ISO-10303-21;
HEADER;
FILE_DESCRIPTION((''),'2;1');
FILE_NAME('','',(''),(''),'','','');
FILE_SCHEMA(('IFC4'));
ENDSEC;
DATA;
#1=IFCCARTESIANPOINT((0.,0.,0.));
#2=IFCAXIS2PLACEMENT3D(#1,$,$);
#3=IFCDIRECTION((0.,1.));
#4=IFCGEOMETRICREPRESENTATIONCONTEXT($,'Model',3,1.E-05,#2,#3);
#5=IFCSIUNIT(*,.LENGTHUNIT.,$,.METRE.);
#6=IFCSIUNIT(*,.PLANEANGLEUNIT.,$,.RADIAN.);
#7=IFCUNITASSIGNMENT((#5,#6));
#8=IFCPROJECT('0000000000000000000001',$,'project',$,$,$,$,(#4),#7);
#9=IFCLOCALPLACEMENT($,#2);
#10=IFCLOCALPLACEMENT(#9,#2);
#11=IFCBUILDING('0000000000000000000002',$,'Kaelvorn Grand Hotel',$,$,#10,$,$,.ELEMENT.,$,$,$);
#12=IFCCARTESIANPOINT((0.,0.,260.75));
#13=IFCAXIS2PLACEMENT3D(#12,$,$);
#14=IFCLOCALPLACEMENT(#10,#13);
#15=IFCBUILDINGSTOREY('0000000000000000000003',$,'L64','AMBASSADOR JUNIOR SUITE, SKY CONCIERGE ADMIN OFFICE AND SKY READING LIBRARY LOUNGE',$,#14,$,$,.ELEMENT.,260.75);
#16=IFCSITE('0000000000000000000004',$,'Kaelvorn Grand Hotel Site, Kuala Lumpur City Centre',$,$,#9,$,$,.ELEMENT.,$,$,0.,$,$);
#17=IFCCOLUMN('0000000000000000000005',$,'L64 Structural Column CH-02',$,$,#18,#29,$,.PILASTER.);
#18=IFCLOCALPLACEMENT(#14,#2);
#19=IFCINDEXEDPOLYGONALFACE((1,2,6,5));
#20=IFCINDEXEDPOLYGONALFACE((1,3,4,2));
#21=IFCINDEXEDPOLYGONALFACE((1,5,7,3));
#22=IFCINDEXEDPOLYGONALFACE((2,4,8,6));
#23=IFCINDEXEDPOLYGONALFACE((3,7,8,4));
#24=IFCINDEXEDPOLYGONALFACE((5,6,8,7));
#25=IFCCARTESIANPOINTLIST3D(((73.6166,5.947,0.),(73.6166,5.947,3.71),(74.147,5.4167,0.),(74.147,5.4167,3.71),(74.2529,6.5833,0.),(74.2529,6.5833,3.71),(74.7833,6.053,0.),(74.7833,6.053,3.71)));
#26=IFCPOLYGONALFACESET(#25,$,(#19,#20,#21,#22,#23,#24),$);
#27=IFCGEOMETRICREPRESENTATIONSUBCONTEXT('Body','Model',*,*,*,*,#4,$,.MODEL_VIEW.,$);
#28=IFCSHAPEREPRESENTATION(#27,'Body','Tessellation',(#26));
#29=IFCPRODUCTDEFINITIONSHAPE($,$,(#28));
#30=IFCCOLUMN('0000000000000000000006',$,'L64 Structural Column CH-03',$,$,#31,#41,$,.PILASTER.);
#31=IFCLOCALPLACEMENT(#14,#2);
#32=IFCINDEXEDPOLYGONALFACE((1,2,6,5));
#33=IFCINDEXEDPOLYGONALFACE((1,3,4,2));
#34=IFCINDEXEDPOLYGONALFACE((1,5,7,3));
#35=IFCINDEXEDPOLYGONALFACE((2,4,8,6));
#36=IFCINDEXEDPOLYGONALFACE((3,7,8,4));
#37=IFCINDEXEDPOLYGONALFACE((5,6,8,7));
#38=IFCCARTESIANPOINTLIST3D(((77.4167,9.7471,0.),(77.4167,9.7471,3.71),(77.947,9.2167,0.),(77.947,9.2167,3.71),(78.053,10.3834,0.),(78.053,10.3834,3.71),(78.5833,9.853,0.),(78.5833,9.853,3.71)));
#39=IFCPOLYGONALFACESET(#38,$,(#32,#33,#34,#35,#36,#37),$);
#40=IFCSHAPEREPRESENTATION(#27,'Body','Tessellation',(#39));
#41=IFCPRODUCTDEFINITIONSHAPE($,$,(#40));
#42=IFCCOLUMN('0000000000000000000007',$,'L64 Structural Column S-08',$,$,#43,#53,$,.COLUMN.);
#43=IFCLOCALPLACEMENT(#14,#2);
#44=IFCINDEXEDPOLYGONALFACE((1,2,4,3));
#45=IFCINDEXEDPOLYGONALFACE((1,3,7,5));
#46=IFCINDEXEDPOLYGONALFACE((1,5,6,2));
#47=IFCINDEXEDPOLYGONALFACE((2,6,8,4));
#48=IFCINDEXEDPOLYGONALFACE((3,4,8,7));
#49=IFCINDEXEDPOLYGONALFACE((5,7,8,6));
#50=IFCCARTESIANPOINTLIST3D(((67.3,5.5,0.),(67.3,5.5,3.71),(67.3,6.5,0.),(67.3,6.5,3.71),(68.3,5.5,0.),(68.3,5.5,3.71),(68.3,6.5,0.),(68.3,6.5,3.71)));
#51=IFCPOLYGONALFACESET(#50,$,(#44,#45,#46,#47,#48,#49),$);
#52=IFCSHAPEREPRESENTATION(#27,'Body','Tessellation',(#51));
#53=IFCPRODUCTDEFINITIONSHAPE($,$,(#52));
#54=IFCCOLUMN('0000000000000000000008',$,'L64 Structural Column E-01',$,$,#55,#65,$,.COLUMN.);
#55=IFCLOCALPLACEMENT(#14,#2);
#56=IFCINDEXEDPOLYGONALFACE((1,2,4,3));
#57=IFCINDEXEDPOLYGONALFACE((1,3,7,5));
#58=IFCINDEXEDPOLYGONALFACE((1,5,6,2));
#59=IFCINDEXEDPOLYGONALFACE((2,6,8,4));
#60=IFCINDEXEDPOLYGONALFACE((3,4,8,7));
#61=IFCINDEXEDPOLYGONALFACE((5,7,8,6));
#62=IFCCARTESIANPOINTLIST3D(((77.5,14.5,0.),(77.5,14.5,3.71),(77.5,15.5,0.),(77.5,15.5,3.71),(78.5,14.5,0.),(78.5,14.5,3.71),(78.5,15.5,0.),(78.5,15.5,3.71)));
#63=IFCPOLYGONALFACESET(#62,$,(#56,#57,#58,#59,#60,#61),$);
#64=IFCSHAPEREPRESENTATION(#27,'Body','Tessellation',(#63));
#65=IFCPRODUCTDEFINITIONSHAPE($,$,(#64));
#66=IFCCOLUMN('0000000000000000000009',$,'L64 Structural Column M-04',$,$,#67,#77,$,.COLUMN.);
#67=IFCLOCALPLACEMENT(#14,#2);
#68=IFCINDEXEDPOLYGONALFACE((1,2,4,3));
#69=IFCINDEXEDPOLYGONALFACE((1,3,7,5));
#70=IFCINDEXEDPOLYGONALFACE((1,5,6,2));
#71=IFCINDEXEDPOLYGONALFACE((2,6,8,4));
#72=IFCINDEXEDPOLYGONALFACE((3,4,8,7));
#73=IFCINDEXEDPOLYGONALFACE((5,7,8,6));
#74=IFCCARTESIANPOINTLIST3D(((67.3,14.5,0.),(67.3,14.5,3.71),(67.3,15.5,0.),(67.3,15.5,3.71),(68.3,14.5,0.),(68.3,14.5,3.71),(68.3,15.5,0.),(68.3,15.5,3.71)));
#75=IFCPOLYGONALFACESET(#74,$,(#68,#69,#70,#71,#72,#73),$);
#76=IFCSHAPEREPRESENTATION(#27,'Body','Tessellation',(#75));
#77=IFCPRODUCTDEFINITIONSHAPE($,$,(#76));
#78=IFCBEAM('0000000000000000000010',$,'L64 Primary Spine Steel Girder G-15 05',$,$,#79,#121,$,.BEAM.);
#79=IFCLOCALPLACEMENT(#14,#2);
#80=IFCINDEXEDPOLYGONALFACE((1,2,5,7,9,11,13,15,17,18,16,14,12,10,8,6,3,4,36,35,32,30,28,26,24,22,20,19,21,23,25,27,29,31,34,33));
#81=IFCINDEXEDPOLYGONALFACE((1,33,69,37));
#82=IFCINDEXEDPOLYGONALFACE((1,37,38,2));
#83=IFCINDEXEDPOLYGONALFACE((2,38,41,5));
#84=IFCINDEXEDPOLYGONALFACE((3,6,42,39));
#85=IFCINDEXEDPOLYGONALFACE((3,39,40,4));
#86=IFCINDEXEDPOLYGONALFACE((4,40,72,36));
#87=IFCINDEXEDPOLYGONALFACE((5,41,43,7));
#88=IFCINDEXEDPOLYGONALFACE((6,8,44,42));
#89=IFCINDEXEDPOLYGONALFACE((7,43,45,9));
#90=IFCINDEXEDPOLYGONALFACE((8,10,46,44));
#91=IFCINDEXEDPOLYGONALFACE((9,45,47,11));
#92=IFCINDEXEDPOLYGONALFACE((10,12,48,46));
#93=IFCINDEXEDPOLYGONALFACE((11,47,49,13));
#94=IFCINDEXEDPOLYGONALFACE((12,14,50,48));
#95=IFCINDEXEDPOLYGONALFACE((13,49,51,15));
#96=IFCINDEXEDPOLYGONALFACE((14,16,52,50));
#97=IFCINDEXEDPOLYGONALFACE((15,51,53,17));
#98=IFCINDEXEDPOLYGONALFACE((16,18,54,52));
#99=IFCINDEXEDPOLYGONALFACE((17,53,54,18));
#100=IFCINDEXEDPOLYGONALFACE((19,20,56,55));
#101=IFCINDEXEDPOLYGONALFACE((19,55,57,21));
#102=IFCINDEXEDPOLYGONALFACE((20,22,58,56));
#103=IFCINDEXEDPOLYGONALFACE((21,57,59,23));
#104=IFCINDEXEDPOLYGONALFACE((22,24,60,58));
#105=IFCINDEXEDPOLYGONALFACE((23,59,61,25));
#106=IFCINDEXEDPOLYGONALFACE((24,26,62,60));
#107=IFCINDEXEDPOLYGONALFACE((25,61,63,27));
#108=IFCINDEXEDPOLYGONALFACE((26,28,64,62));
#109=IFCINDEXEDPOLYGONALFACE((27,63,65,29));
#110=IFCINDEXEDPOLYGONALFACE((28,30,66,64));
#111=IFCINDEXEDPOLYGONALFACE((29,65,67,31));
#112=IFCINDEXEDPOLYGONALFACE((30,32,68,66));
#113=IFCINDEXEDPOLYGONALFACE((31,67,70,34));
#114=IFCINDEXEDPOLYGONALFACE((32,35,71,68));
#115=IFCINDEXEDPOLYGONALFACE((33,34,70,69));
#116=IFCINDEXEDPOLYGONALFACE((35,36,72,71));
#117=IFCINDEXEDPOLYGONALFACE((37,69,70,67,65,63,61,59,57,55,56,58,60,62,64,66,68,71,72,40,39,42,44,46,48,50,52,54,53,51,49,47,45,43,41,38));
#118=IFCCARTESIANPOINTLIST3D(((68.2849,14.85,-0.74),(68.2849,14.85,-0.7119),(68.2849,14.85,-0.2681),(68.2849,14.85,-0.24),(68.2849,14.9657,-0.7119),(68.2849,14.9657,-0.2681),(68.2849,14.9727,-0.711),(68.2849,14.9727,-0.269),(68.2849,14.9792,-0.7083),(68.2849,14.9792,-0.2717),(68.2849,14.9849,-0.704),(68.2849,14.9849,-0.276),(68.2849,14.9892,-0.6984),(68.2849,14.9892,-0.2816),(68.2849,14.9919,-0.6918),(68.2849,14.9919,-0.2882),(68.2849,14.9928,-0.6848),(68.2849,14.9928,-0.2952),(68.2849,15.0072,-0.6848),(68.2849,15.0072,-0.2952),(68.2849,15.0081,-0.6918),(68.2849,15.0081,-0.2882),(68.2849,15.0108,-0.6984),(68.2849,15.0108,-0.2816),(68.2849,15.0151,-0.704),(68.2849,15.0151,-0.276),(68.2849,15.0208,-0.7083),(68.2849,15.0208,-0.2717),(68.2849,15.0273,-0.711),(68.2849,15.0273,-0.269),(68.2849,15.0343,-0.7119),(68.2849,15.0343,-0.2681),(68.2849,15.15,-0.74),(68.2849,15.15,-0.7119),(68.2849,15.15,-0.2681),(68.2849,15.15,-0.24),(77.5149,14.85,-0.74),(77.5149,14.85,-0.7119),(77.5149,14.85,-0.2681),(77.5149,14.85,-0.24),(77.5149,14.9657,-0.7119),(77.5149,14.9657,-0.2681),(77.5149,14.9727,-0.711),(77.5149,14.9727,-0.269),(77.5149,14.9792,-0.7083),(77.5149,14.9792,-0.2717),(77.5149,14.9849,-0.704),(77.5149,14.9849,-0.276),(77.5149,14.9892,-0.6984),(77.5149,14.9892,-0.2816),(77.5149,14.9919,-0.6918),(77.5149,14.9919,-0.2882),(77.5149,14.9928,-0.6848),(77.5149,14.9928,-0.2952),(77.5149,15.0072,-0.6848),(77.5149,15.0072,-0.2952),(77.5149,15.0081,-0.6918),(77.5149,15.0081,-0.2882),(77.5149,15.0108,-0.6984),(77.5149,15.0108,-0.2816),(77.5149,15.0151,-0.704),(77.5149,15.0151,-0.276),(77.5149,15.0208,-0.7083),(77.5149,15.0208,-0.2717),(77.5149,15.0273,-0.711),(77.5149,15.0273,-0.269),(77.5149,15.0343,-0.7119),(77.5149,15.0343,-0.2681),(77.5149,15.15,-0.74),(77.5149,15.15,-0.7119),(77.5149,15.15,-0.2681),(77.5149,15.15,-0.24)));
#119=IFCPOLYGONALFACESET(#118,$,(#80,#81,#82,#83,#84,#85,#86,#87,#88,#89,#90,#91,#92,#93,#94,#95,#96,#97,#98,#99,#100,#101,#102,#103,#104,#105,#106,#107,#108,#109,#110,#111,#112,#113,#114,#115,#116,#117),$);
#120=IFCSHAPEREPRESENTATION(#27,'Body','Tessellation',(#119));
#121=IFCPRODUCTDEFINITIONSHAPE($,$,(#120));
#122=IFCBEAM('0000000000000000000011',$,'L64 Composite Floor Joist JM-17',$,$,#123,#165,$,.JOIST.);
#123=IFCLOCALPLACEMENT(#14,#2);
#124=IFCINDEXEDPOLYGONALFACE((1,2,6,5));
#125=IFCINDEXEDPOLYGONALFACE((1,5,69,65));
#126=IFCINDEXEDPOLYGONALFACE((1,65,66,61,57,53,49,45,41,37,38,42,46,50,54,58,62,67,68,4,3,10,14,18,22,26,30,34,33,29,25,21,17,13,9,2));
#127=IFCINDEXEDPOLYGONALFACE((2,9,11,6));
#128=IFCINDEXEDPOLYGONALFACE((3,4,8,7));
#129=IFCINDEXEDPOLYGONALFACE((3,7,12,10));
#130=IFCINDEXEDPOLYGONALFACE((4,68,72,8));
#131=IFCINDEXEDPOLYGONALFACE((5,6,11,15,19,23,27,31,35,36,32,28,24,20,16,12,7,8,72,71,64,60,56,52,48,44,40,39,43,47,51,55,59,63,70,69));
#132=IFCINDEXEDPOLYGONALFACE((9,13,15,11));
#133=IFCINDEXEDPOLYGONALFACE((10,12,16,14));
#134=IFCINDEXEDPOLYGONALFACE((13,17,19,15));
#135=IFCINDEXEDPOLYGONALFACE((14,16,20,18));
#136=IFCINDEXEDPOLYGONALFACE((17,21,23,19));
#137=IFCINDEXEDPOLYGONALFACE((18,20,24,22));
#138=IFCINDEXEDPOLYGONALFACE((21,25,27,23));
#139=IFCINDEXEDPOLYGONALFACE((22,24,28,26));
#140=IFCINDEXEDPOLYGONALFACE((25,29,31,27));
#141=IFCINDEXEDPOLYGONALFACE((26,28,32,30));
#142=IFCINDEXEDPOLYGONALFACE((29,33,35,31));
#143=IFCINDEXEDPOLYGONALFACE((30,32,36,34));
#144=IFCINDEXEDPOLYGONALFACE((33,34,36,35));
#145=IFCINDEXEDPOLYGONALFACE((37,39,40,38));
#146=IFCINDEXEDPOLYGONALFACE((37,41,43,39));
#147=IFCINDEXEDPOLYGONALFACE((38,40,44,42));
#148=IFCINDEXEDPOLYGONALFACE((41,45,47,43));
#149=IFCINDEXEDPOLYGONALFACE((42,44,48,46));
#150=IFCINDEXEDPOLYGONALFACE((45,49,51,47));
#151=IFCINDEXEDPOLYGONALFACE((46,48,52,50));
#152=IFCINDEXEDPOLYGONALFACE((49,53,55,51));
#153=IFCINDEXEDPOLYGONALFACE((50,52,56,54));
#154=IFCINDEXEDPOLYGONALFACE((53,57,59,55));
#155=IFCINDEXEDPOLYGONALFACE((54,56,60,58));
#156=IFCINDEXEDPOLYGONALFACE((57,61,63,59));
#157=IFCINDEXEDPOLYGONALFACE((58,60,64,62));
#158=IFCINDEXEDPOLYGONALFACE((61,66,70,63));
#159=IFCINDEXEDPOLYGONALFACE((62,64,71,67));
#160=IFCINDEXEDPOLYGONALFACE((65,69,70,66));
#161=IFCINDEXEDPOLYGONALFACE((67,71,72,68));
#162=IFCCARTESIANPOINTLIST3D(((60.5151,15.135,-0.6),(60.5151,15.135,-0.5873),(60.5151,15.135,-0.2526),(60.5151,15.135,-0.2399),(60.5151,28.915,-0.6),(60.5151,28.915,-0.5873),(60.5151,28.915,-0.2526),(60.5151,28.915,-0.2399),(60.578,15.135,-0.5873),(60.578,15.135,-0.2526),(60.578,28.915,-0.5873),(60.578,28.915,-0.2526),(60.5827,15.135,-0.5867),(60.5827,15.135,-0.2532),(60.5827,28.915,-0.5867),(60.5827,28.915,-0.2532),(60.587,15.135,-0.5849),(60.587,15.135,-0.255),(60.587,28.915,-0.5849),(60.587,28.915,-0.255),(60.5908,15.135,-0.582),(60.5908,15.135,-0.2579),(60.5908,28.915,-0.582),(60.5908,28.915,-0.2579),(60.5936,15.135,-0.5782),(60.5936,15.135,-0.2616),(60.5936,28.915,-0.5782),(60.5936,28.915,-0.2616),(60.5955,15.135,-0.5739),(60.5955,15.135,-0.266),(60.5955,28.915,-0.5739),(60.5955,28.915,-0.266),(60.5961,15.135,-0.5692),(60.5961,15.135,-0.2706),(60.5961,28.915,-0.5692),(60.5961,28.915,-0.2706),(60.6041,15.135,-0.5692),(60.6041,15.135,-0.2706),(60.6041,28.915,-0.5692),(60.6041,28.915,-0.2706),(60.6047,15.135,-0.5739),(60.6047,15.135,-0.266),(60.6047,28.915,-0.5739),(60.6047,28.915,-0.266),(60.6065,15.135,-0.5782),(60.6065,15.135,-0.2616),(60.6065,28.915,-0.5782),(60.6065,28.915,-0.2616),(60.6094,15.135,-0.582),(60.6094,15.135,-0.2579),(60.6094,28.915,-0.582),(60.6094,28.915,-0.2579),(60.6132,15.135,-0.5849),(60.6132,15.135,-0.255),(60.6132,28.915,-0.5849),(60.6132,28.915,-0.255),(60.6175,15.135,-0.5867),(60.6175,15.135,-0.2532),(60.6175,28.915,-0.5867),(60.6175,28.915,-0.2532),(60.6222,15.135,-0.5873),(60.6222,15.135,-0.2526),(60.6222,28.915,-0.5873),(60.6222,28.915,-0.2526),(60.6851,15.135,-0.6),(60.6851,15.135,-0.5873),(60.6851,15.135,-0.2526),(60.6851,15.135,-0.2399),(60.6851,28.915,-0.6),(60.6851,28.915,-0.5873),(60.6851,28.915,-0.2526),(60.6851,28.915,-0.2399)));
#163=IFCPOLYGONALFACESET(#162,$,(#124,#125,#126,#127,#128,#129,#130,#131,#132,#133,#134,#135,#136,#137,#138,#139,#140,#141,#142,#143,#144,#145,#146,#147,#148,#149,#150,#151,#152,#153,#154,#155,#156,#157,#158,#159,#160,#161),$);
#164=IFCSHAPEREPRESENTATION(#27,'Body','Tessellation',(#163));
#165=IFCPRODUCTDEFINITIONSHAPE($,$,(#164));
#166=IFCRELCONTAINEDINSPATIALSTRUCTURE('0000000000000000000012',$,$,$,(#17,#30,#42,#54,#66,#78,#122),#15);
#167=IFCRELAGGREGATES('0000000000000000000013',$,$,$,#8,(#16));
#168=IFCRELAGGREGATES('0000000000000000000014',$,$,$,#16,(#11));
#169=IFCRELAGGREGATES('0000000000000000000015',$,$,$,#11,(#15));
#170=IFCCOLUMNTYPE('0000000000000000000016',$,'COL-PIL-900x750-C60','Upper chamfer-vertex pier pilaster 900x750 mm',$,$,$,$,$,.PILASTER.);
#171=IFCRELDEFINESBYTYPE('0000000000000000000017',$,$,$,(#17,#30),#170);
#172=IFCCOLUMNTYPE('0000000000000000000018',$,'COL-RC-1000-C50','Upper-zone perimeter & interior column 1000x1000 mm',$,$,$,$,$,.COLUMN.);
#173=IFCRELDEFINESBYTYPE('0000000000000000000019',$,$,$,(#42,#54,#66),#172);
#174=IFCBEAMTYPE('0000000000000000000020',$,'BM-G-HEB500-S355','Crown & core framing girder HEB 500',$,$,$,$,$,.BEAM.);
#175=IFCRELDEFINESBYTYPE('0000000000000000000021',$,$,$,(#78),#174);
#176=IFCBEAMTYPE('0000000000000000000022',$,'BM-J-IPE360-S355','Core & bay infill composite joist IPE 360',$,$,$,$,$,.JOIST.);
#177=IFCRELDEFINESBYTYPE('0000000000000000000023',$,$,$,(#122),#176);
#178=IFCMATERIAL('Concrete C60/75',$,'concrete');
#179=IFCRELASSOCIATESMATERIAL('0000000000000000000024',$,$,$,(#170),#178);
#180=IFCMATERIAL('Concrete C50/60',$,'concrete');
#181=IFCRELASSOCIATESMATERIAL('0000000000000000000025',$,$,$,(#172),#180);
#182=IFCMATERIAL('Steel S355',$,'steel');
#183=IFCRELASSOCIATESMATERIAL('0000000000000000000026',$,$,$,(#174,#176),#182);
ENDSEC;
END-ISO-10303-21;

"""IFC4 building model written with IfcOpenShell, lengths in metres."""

from ifc_helpers import new_model, si_unit, direction, frame, origin, origin_2d, place, context, subcontext, project, spatial, rectangle, i_section, extrude, material, material_profile, profile_set, type_object, element, save


model = new_model("IFC4")

# Units and contexts
model_context = context("Model", 3, precision=1e-05, world=origin(), true_north=direction((0.0, 1.0)))
body_context = subcontext(model_context, "Body", "Model", "MODEL_VIEW")
ifc_project = project(units=[si_unit("LENGTHUNIT", "METRE"), si_unit("PLANEANGLEUNIT", "RADIAN")], contexts=[model_context])

# Site, building, storey
site_placement = place(None, origin())
site = spatial("IfcSite", under=ifc_project, at=site_placement, Name="Kaelvorn Grand Hotel Site, Kuala Lumpur City Centre", CompositionType="ELEMENT", RefElevation=0.0)
building_placement = place(site_placement, origin())
building = spatial("IfcBuilding", under=site, at=building_placement, Name="Kaelvorn Grand Hotel", CompositionType="ELEMENT")
storey_placement = place(building_placement, frame((0.0, 0.0, 260.75)))
storey = spatial("IfcBuildingStorey", under=building, at=storey_placement, Name="L64", Description="AMBASSADOR JUNIOR SUITE, SKY CONCIERGE ADMIN OFFICE AND SKY READING LIBRARY LOUNGE", CompositionType="ELEMENT", Elevation=260.75)

# Columns
ifc_material_1 = material(Name="Concrete C60/75", Category="concrete")
ifc_material_profile_1 = material_profile(ifc_material_1, rectangle(XDim=0.8999, YDim=0.75, at=origin_2d()), Name="RC PILASTER 900x750")
ifc_profile_set_1 = profile_set([ifc_material_profile_1], Name="Concrete C60/75")
column_type_1 = type_object("IfcColumnType", Name="COL-PIL-900x750-C60", Description="Upper chamfer-vertex pier pilaster 900x750 mm", PredefinedType="PILASTER", material=ifc_profile_set_1)
for number, where, z_axis, x_axis, name in (
    (1, (74.2, 6.0, 0.0), (0.0, 0.0, 1.0), (0.707107, 0.707107, 0.0), "L64 Structural Column CH-02"),
    (2, (78.0, 9.8, 0.0), (0.0, 0.0, 1.0), (0.707107, 0.707107, 0.0), "L64 Structural Column CH-03"),
):
    element("IfcColumn", number, at=place(storey_placement, frame(where, z_axis=z_axis, x_axis=x_axis)), inside=storey, type_object=column_type_1, Name=name, PredefinedType="PILASTER", context=body_context, shape_type="SweptSolid", body=[
        extrude(rectangle(XDim=0.8999, YDim=0.75, at=origin_2d()), origin(), (0.0, 0.0, 1.0), 3.71),
    ])
ifc_material_2 = material(Name="Concrete C50/60", Category="concrete")
ifc_material_profile_2 = material_profile(ifc_material_2, rectangle(XDim=1.0, YDim=1.0, at=origin_2d()), Name="RC COL 1000x1000")
ifc_profile_set_2 = profile_set([ifc_material_profile_2], Name="Concrete C50/60")
column_type_2 = type_object("IfcColumnType", Name="COL-RC-1000-C50", Description="Upper-zone perimeter & interior column 1000x1000 mm", PredefinedType="COLUMN", material=ifc_profile_set_2)
for number, where, z_axis, x_axis, name in (
    (3, (67.8, 6.0, 0.0), (0.0, 0.0, 1.0), (1.0, 0.0, 0.0), "L64 Structural Column S-08"),
    (4, (78.0, 15.0, 0.0), (0.0, 0.0, 1.0), (1.0, 0.0, 0.0), "L64 Structural Column E-01"),
    (5, (67.8, 15.0, 0.0), (0.0, 0.0, 1.0), (1.0, 0.0, 0.0), "L64 Structural Column M-04"),
):
    element("IfcColumn", number, at=place(storey_placement, frame(where, z_axis=z_axis, x_axis=x_axis)), inside=storey, type_object=column_type_2, Name=name, PredefinedType="COLUMN", context=body_context, shape_type="SweptSolid", body=[
        extrude(rectangle(XDim=1.0, YDim=1.0, at=origin_2d()), origin(), (0.0, 0.0, 1.0), 3.71),
    ])

# Beams
ifc_material_3 = material(Name="Steel S355", Category="steel")
ifc_material_profile_3 = material_profile(ifc_material_3, i_section(OverallWidth=0.3, OverallDepth=0.5, WebThickness=0.0144, FlangeThickness=0.0281, FilletRadius=0.0271, at=origin_2d()), Name="HEB 500")
ifc_profile_set_3 = profile_set([ifc_material_profile_3], Name="Steel S355")
beam_type_1 = type_object("IfcBeamType", Name="BM-G-HEB500-S355", Description="Crown & core framing girder HEB 500", PredefinedType="BEAM", material=ifc_profile_set_3)
beam_1_placement = place(storey_placement, frame((68.2849, 15.0, -0.49), z_axis=(1.0, 0.0, 0.0), x_axis=(0.0, 1.0, 0.0)))
element("IfcBeam", 6, at=beam_1_placement, inside=storey, type_object=beam_type_1, Name="L64 Primary Spine Steel Girder G-15 05", PredefinedType="BEAM", context=body_context, shape_type="SweptSolid", body=[
    extrude(i_section(OverallWidth=0.3, OverallDepth=0.5, WebThickness=0.0144, FlangeThickness=0.0281, FilletRadius=0.0271, at=origin_2d()), origin(), (0.0, 0.0, 1.0), 9.23),
])
ifc_material_profile_4 = material_profile(ifc_material_3, i_section(OverallWidth=0.1699, OverallDepth=0.3601, WebThickness=0.0081, FlangeThickness=0.0127, FilletRadius=0.0181, at=origin_2d()), Name="IPE 360")
ifc_profile_set_4 = profile_set([ifc_material_profile_4], Name="Steel S355")
beam_type_2 = type_object("IfcBeamType", Name="BM-J-IPE360-S355", Description="Core & bay infill composite joist IPE 360", PredefinedType="JOIST", material=ifc_profile_set_4)
beam_2_placement = place(storey_placement, frame((60.6001, 15.135, -0.4199), z_axis=(0.0, 1.0, 0.0), x_axis=(-1.0, 0.0, 0.0)))
element("IfcBeam", 7, at=beam_2_placement, inside=storey, type_object=beam_type_2, Name="L64 Composite Floor Joist JM-17", PredefinedType="JOIST", context=body_context, shape_type="SweptSolid", body=[
    extrude(i_section(OverallWidth=0.1699, OverallDepth=0.3601, WebThickness=0.0081, FlangeThickness=0.0127, FilletRadius=0.0181, at=origin_2d()), origin(), (0.0, 0.0, 1.0), 13.78),
])

save(model, "model.ifc")
